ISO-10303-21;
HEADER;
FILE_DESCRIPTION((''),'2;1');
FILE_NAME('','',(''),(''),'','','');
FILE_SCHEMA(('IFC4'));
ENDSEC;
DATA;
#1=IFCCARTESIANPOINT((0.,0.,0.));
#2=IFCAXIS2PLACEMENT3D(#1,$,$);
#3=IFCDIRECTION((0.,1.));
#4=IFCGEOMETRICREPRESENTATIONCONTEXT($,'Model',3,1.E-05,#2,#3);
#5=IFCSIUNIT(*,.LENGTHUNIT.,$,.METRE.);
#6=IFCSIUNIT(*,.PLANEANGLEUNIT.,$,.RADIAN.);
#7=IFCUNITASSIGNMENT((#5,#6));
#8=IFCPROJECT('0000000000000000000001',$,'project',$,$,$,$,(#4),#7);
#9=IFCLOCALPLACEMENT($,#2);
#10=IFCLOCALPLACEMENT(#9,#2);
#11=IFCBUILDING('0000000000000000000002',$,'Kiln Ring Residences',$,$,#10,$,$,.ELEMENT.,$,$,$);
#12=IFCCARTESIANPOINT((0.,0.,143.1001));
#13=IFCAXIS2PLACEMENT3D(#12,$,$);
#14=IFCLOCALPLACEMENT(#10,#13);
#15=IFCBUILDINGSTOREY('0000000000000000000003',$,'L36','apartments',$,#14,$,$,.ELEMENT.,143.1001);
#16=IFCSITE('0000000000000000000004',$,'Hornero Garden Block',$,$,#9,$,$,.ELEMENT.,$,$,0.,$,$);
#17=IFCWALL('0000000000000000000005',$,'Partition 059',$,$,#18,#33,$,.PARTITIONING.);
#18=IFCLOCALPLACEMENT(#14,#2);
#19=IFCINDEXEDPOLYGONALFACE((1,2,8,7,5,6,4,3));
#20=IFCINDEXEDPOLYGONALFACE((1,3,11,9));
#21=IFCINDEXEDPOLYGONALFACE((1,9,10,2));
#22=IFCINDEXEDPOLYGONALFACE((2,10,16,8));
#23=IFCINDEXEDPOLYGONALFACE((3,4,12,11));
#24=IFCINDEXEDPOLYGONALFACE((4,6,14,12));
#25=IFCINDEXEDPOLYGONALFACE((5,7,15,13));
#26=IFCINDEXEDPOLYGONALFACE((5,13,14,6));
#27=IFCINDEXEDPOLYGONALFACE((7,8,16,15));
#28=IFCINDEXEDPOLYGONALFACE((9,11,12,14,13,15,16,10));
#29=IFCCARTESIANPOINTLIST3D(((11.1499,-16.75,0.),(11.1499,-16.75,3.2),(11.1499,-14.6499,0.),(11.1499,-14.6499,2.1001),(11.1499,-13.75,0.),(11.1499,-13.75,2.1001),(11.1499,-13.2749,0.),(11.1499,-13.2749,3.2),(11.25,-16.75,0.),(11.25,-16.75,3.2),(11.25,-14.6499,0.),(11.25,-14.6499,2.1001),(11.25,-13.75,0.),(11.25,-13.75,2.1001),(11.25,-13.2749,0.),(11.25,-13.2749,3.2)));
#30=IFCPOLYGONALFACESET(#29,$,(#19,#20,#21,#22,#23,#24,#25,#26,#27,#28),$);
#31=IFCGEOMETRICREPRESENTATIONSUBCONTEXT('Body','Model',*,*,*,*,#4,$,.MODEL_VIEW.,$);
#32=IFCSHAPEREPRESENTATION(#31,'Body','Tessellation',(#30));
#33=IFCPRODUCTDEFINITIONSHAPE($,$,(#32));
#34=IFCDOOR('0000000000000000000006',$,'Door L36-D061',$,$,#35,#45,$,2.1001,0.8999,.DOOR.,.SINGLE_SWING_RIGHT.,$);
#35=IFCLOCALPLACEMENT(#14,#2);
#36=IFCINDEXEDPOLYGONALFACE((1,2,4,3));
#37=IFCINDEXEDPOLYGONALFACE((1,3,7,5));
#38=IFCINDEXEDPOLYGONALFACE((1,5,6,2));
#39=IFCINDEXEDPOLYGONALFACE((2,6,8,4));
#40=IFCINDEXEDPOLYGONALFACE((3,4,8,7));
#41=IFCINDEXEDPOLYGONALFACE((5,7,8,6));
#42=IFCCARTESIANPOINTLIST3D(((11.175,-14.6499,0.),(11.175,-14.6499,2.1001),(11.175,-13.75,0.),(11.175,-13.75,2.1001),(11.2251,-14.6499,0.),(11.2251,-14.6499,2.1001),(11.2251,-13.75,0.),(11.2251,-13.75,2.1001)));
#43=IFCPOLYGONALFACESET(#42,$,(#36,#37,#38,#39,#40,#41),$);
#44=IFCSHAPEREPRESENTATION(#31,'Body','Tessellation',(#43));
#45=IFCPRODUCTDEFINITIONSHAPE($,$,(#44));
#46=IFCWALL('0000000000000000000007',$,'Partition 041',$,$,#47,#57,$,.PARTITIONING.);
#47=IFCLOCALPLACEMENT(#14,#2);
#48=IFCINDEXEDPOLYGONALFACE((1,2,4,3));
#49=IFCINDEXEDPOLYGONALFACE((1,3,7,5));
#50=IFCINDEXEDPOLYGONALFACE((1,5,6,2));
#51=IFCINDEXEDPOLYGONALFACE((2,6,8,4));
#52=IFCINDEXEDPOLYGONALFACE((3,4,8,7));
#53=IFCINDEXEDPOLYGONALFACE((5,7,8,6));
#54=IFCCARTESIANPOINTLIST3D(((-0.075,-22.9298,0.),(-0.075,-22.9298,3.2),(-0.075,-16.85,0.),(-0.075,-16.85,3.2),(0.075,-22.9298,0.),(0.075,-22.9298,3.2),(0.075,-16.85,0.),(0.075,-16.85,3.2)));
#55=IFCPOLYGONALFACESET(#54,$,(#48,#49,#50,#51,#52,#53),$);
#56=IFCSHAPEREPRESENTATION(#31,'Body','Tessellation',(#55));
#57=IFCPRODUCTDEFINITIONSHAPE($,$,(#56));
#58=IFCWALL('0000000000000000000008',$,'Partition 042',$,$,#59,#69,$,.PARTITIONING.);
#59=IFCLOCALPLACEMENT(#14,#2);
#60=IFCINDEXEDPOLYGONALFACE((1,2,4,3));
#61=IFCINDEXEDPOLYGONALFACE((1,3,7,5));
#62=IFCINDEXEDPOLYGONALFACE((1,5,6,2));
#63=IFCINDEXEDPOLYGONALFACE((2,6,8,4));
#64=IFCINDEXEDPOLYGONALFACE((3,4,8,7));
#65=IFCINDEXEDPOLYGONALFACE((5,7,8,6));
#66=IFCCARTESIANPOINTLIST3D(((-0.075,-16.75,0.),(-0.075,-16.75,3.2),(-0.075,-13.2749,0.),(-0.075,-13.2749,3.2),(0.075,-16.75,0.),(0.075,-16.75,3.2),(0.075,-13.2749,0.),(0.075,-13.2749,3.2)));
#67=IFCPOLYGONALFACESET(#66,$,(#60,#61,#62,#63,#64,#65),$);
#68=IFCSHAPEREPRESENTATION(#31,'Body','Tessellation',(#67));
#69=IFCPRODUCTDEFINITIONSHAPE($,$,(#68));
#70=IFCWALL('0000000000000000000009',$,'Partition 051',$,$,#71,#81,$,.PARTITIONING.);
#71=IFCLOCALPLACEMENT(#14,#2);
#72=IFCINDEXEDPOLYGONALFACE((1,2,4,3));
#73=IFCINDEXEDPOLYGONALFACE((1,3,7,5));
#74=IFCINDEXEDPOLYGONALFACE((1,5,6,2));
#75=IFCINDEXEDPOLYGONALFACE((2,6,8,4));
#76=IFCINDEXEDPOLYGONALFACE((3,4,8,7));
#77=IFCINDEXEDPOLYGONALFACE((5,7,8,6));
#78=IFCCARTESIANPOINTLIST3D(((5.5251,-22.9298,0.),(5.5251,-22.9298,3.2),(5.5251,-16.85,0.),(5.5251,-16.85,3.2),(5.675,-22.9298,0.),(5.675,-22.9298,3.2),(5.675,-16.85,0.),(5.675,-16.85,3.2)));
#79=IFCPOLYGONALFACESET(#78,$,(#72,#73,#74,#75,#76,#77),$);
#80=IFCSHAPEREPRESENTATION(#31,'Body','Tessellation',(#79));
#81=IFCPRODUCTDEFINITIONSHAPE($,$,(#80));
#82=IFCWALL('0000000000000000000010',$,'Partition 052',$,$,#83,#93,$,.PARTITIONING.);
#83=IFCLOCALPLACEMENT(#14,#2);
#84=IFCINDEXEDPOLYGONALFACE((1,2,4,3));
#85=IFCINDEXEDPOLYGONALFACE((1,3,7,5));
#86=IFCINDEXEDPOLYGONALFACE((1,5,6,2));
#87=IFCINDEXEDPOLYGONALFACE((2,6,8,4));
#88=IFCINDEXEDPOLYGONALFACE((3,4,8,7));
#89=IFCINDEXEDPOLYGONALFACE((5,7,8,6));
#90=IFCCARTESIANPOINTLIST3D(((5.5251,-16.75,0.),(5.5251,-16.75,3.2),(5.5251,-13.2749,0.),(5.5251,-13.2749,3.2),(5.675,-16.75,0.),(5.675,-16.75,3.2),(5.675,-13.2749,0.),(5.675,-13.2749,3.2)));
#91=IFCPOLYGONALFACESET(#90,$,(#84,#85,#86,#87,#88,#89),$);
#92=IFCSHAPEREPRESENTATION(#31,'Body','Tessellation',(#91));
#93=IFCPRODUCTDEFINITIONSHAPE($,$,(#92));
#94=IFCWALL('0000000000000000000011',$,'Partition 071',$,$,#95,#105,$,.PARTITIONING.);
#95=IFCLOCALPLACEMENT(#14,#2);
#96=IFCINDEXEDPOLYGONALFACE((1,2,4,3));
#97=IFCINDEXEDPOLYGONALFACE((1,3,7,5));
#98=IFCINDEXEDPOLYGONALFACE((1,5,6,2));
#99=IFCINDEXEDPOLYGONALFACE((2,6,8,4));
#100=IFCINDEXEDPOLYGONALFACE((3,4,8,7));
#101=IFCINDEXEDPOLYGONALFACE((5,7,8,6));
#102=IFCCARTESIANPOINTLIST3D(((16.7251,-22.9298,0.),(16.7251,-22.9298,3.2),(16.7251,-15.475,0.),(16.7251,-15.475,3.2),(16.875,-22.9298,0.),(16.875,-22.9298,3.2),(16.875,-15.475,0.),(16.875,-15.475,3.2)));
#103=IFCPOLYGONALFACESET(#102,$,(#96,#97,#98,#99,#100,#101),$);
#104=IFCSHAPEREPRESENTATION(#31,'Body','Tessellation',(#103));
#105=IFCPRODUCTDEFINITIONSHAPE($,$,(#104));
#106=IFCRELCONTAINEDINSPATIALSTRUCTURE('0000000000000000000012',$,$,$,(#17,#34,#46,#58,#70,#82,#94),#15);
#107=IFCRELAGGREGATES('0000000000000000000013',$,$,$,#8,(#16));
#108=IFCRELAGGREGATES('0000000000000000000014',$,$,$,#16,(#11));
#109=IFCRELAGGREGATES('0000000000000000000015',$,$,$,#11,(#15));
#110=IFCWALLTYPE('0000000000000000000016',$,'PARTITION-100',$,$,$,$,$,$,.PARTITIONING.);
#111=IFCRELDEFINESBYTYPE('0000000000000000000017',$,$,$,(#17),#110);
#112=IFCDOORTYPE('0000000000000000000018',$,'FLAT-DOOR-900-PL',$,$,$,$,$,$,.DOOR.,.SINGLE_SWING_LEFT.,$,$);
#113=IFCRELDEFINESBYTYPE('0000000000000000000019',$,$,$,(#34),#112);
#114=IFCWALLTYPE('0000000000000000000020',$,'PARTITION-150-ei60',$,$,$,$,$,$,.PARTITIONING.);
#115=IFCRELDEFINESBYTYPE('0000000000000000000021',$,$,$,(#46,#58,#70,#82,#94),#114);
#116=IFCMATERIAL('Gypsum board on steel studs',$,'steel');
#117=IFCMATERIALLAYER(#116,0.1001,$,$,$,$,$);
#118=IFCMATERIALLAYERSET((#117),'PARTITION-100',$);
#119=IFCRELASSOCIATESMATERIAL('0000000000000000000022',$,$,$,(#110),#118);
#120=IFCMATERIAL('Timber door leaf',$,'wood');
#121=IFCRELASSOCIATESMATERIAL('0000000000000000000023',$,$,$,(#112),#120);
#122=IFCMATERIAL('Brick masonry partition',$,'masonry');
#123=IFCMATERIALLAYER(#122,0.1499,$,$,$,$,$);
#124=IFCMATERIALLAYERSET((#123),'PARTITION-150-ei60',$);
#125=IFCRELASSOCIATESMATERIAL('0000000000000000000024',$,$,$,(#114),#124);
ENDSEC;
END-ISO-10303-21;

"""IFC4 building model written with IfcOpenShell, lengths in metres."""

from ifc_helpers import new_model, si_unit, direction, frame, frame_2d, origin, place, context, subcontext, project, spatial, rectangle, extrude, material, layer, layer_set, type_object, element, fill, save


model = new_model("IFC4")

# Units and contexts
model_context = context("Model", 3, precision=1e-05, world=origin(), true_north=direction((0.0, 1.0)))
body_context = subcontext(model_context, "Body", "Model", "MODEL_VIEW")
ifc_project = project(units=[si_unit("LENGTHUNIT", "METRE"), si_unit("PLANEANGLEUNIT", "RADIAN")], contexts=[model_context])

# Site, building, storey
site_placement = place(None, origin())
site = spatial("IfcSite", under=ifc_project, at=site_placement, Name="Hornero Garden Block", CompositionType="ELEMENT", RefElevation=0.0)
building_placement = place(site_placement, origin())
building = spatial("IfcBuilding", under=site, at=building_placement, Name="Kiln Ring Residences", CompositionType="ELEMENT")
storey_placement = place(building_placement, frame((0.0, 0.0, 143.1001)))
storey = spatial("IfcBuildingStorey", under=building, at=storey_placement, Name="L36", Description="apartments", CompositionType="ELEMENT", Elevation=143.1001)

# Shared definitions
ifc_material_1 = material(Name="Gypsum board on steel studs", Category="steel")
ifc_layer_1 = layer(ifc_material_1, 0.1001)
ifc_layer_set_1 = layer_set([ifc_layer_1], Name="PARTITION-100")
wall_type_1 = type_object("IfcWallType", Name="PARTITION-100", PredefinedType="PARTITIONING", material=ifc_layer_set_1)

# Shared definitions
ifc_material_2 = material(Name="Timber door leaf", Category="wood")
door_type = type_object("IfcDoorType", Name="FLAT-DOOR-900-PL", OperationType="SINGLE_SWING_LEFT", PredefinedType="DOOR", material=ifc_material_2)

# Wall, opening, door
wall_1_placement = place(storey_placement, frame((11.2, -16.75, 0.0), z_axis=(0.0, 0.0, 1.0), x_axis=(0.0, 1.0, 0.0)))
wall_1 = element("IfcWall", 1, at=wall_1_placement, inside=storey, type_object=wall_type_1, Name="Partition 059", PredefinedType="PARTITIONING", context=body_context, shape_type="SweptSolid", body=[
    extrude(rectangle(XDim=3.4751, YDim=0.1001, at=frame_2d((1.7375, 0.0))), origin(), (0.0, 0.0, 1.0), 3.2),
])
opening_1_placement = place(wall_1_placement, frame((2.1001, 0.0, 0.0)))
opening_1 = element("IfcOpeningElement", 2, at=opening_1_placement, cuts=wall_1, PredefinedType="OPENING", context=body_context, shape_type="SweptSolid", body=[
    extrude(rectangle(XDim=0.8999, YDim=2.1001, at=frame_2d((0.45, 1.05))), frame((0.0, 0.0601, 0.0), z_axis=(0.0, -1.0, 0.0), x_axis=(1.0, 0.0, 0.0)), (0.0, 0.0, 1.0), 0.1201),
])
door_1_placement = place(opening_1_placement, origin())
door_1 = element("IfcDoor", 3, at=door_1_placement, inside=storey, type_object=door_type, Name="Door L36-D061", OperationType="SINGLE_SWING_RIGHT", OverallHeight=2.1001, OverallWidth=0.8999, PredefinedType="DOOR", context=body_context, shape_type="SweptSolid", body=[
    extrude(rectangle(XDim=0.8999, YDim=2.1001, at=frame_2d((0.45, 1.05))), frame((0.0, 0.0249, 0.0), z_axis=(0.0, -1.0, 0.0), x_axis=(1.0, 0.0, 0.0)), (0.0, 0.0, 1.0), 0.05),
])
fill(opening_1, door_1)

# Walls
ifc_material_3 = material(Name="Brick masonry partition", Category="masonry")
ifc_layer_2 = layer(ifc_material_3, 0.1499)
ifc_layer_set_2 = layer_set([ifc_layer_2], Name="PARTITION-150-ei60")
wall_type_2 = type_object("IfcWallType", Name="PARTITION-150-ei60", PredefinedType="PARTITIONING", material=ifc_layer_set_2)
wall_2_placement = place(storey_placement, frame((0.0, -22.9299, 0.0), z_axis=(0.0, 0.0, 1.0), x_axis=(0.0, 1.0, 0.0)))
element("IfcWall", 4, at=wall_2_placement, inside=storey, type_object=wall_type_2, Name="Partition 041", PredefinedType="PARTITIONING", context=body_context, shape_type="SweptSolid", body=[
    extrude(rectangle(XDim=6.0798, YDim=0.1499, at=frame_2d((3.04, 0.0))), origin(), (0.0, 0.0, 1.0), 3.2),
])
wall_3_placement = place(storey_placement, frame((0.0, -16.75, 0.0), z_axis=(0.0, 0.0, 1.0), x_axis=(0.0, 1.0, 0.0)))
element("IfcWall", 5, at=wall_3_placement, inside=storey, type_object=wall_type_2, Name="Partition 042", PredefinedType="PARTITIONING", context=body_context, shape_type="SweptSolid", body=[
    extrude(rectangle(XDim=3.4751, YDim=0.1499, at=frame_2d((1.7375, 0.0))), origin(), (0.0, 0.0, 1.0), 3.2),
])
wall_4_placement = place(storey_placement, frame((5.6001, -22.9299, 0.0), z_axis=(0.0, 0.0, 1.0), x_axis=(0.0, 1.0, 0.0)))
element("IfcWall", 6, at=wall_4_placement, inside=storey, type_object=wall_type_2, Name="Partition 051", PredefinedType="PARTITIONING", context=body_context, shape_type="SweptSolid", body=[
    extrude(rectangle(XDim=6.0798, YDim=0.1499, at=frame_2d((3.04, 0.0))), origin(), (0.0, 0.0, 1.0), 3.2),
])
wall_5_placement = place(storey_placement, frame((5.6001, -16.75, 0.0), z_axis=(0.0, 0.0, 1.0), x_axis=(0.0, 1.0, 0.0)))
element("IfcWall", 7, at=wall_5_placement, inside=storey, type_object=wall_type_2, Name="Partition 052", PredefinedType="PARTITIONING", context=body_context, shape_type="SweptSolid", body=[
    extrude(rectangle(XDim=3.4751, YDim=0.1499, at=frame_2d((1.7375, 0.0))), origin(), (0.0, 0.0, 1.0), 3.2),
])
wall_6_placement = place(storey_placement, frame((16.8, -22.9299, 0.0), z_axis=(0.0, 0.0, 1.0), x_axis=(0.0, 1.0, 0.0)))
element("IfcWall", 8, at=wall_6_placement, inside=storey, type_object=wall_type_2, Name="Partition 071", PredefinedType="PARTITIONING", context=body_context, shape_type="SweptSolid", body=[
    extrude(rectangle(XDim=7.4548, YDim=0.1499, at=frame_2d((3.7275, 0.0))), origin(), (0.0, 0.0, 1.0), 3.2),
])

save(model, "model.ifc")
